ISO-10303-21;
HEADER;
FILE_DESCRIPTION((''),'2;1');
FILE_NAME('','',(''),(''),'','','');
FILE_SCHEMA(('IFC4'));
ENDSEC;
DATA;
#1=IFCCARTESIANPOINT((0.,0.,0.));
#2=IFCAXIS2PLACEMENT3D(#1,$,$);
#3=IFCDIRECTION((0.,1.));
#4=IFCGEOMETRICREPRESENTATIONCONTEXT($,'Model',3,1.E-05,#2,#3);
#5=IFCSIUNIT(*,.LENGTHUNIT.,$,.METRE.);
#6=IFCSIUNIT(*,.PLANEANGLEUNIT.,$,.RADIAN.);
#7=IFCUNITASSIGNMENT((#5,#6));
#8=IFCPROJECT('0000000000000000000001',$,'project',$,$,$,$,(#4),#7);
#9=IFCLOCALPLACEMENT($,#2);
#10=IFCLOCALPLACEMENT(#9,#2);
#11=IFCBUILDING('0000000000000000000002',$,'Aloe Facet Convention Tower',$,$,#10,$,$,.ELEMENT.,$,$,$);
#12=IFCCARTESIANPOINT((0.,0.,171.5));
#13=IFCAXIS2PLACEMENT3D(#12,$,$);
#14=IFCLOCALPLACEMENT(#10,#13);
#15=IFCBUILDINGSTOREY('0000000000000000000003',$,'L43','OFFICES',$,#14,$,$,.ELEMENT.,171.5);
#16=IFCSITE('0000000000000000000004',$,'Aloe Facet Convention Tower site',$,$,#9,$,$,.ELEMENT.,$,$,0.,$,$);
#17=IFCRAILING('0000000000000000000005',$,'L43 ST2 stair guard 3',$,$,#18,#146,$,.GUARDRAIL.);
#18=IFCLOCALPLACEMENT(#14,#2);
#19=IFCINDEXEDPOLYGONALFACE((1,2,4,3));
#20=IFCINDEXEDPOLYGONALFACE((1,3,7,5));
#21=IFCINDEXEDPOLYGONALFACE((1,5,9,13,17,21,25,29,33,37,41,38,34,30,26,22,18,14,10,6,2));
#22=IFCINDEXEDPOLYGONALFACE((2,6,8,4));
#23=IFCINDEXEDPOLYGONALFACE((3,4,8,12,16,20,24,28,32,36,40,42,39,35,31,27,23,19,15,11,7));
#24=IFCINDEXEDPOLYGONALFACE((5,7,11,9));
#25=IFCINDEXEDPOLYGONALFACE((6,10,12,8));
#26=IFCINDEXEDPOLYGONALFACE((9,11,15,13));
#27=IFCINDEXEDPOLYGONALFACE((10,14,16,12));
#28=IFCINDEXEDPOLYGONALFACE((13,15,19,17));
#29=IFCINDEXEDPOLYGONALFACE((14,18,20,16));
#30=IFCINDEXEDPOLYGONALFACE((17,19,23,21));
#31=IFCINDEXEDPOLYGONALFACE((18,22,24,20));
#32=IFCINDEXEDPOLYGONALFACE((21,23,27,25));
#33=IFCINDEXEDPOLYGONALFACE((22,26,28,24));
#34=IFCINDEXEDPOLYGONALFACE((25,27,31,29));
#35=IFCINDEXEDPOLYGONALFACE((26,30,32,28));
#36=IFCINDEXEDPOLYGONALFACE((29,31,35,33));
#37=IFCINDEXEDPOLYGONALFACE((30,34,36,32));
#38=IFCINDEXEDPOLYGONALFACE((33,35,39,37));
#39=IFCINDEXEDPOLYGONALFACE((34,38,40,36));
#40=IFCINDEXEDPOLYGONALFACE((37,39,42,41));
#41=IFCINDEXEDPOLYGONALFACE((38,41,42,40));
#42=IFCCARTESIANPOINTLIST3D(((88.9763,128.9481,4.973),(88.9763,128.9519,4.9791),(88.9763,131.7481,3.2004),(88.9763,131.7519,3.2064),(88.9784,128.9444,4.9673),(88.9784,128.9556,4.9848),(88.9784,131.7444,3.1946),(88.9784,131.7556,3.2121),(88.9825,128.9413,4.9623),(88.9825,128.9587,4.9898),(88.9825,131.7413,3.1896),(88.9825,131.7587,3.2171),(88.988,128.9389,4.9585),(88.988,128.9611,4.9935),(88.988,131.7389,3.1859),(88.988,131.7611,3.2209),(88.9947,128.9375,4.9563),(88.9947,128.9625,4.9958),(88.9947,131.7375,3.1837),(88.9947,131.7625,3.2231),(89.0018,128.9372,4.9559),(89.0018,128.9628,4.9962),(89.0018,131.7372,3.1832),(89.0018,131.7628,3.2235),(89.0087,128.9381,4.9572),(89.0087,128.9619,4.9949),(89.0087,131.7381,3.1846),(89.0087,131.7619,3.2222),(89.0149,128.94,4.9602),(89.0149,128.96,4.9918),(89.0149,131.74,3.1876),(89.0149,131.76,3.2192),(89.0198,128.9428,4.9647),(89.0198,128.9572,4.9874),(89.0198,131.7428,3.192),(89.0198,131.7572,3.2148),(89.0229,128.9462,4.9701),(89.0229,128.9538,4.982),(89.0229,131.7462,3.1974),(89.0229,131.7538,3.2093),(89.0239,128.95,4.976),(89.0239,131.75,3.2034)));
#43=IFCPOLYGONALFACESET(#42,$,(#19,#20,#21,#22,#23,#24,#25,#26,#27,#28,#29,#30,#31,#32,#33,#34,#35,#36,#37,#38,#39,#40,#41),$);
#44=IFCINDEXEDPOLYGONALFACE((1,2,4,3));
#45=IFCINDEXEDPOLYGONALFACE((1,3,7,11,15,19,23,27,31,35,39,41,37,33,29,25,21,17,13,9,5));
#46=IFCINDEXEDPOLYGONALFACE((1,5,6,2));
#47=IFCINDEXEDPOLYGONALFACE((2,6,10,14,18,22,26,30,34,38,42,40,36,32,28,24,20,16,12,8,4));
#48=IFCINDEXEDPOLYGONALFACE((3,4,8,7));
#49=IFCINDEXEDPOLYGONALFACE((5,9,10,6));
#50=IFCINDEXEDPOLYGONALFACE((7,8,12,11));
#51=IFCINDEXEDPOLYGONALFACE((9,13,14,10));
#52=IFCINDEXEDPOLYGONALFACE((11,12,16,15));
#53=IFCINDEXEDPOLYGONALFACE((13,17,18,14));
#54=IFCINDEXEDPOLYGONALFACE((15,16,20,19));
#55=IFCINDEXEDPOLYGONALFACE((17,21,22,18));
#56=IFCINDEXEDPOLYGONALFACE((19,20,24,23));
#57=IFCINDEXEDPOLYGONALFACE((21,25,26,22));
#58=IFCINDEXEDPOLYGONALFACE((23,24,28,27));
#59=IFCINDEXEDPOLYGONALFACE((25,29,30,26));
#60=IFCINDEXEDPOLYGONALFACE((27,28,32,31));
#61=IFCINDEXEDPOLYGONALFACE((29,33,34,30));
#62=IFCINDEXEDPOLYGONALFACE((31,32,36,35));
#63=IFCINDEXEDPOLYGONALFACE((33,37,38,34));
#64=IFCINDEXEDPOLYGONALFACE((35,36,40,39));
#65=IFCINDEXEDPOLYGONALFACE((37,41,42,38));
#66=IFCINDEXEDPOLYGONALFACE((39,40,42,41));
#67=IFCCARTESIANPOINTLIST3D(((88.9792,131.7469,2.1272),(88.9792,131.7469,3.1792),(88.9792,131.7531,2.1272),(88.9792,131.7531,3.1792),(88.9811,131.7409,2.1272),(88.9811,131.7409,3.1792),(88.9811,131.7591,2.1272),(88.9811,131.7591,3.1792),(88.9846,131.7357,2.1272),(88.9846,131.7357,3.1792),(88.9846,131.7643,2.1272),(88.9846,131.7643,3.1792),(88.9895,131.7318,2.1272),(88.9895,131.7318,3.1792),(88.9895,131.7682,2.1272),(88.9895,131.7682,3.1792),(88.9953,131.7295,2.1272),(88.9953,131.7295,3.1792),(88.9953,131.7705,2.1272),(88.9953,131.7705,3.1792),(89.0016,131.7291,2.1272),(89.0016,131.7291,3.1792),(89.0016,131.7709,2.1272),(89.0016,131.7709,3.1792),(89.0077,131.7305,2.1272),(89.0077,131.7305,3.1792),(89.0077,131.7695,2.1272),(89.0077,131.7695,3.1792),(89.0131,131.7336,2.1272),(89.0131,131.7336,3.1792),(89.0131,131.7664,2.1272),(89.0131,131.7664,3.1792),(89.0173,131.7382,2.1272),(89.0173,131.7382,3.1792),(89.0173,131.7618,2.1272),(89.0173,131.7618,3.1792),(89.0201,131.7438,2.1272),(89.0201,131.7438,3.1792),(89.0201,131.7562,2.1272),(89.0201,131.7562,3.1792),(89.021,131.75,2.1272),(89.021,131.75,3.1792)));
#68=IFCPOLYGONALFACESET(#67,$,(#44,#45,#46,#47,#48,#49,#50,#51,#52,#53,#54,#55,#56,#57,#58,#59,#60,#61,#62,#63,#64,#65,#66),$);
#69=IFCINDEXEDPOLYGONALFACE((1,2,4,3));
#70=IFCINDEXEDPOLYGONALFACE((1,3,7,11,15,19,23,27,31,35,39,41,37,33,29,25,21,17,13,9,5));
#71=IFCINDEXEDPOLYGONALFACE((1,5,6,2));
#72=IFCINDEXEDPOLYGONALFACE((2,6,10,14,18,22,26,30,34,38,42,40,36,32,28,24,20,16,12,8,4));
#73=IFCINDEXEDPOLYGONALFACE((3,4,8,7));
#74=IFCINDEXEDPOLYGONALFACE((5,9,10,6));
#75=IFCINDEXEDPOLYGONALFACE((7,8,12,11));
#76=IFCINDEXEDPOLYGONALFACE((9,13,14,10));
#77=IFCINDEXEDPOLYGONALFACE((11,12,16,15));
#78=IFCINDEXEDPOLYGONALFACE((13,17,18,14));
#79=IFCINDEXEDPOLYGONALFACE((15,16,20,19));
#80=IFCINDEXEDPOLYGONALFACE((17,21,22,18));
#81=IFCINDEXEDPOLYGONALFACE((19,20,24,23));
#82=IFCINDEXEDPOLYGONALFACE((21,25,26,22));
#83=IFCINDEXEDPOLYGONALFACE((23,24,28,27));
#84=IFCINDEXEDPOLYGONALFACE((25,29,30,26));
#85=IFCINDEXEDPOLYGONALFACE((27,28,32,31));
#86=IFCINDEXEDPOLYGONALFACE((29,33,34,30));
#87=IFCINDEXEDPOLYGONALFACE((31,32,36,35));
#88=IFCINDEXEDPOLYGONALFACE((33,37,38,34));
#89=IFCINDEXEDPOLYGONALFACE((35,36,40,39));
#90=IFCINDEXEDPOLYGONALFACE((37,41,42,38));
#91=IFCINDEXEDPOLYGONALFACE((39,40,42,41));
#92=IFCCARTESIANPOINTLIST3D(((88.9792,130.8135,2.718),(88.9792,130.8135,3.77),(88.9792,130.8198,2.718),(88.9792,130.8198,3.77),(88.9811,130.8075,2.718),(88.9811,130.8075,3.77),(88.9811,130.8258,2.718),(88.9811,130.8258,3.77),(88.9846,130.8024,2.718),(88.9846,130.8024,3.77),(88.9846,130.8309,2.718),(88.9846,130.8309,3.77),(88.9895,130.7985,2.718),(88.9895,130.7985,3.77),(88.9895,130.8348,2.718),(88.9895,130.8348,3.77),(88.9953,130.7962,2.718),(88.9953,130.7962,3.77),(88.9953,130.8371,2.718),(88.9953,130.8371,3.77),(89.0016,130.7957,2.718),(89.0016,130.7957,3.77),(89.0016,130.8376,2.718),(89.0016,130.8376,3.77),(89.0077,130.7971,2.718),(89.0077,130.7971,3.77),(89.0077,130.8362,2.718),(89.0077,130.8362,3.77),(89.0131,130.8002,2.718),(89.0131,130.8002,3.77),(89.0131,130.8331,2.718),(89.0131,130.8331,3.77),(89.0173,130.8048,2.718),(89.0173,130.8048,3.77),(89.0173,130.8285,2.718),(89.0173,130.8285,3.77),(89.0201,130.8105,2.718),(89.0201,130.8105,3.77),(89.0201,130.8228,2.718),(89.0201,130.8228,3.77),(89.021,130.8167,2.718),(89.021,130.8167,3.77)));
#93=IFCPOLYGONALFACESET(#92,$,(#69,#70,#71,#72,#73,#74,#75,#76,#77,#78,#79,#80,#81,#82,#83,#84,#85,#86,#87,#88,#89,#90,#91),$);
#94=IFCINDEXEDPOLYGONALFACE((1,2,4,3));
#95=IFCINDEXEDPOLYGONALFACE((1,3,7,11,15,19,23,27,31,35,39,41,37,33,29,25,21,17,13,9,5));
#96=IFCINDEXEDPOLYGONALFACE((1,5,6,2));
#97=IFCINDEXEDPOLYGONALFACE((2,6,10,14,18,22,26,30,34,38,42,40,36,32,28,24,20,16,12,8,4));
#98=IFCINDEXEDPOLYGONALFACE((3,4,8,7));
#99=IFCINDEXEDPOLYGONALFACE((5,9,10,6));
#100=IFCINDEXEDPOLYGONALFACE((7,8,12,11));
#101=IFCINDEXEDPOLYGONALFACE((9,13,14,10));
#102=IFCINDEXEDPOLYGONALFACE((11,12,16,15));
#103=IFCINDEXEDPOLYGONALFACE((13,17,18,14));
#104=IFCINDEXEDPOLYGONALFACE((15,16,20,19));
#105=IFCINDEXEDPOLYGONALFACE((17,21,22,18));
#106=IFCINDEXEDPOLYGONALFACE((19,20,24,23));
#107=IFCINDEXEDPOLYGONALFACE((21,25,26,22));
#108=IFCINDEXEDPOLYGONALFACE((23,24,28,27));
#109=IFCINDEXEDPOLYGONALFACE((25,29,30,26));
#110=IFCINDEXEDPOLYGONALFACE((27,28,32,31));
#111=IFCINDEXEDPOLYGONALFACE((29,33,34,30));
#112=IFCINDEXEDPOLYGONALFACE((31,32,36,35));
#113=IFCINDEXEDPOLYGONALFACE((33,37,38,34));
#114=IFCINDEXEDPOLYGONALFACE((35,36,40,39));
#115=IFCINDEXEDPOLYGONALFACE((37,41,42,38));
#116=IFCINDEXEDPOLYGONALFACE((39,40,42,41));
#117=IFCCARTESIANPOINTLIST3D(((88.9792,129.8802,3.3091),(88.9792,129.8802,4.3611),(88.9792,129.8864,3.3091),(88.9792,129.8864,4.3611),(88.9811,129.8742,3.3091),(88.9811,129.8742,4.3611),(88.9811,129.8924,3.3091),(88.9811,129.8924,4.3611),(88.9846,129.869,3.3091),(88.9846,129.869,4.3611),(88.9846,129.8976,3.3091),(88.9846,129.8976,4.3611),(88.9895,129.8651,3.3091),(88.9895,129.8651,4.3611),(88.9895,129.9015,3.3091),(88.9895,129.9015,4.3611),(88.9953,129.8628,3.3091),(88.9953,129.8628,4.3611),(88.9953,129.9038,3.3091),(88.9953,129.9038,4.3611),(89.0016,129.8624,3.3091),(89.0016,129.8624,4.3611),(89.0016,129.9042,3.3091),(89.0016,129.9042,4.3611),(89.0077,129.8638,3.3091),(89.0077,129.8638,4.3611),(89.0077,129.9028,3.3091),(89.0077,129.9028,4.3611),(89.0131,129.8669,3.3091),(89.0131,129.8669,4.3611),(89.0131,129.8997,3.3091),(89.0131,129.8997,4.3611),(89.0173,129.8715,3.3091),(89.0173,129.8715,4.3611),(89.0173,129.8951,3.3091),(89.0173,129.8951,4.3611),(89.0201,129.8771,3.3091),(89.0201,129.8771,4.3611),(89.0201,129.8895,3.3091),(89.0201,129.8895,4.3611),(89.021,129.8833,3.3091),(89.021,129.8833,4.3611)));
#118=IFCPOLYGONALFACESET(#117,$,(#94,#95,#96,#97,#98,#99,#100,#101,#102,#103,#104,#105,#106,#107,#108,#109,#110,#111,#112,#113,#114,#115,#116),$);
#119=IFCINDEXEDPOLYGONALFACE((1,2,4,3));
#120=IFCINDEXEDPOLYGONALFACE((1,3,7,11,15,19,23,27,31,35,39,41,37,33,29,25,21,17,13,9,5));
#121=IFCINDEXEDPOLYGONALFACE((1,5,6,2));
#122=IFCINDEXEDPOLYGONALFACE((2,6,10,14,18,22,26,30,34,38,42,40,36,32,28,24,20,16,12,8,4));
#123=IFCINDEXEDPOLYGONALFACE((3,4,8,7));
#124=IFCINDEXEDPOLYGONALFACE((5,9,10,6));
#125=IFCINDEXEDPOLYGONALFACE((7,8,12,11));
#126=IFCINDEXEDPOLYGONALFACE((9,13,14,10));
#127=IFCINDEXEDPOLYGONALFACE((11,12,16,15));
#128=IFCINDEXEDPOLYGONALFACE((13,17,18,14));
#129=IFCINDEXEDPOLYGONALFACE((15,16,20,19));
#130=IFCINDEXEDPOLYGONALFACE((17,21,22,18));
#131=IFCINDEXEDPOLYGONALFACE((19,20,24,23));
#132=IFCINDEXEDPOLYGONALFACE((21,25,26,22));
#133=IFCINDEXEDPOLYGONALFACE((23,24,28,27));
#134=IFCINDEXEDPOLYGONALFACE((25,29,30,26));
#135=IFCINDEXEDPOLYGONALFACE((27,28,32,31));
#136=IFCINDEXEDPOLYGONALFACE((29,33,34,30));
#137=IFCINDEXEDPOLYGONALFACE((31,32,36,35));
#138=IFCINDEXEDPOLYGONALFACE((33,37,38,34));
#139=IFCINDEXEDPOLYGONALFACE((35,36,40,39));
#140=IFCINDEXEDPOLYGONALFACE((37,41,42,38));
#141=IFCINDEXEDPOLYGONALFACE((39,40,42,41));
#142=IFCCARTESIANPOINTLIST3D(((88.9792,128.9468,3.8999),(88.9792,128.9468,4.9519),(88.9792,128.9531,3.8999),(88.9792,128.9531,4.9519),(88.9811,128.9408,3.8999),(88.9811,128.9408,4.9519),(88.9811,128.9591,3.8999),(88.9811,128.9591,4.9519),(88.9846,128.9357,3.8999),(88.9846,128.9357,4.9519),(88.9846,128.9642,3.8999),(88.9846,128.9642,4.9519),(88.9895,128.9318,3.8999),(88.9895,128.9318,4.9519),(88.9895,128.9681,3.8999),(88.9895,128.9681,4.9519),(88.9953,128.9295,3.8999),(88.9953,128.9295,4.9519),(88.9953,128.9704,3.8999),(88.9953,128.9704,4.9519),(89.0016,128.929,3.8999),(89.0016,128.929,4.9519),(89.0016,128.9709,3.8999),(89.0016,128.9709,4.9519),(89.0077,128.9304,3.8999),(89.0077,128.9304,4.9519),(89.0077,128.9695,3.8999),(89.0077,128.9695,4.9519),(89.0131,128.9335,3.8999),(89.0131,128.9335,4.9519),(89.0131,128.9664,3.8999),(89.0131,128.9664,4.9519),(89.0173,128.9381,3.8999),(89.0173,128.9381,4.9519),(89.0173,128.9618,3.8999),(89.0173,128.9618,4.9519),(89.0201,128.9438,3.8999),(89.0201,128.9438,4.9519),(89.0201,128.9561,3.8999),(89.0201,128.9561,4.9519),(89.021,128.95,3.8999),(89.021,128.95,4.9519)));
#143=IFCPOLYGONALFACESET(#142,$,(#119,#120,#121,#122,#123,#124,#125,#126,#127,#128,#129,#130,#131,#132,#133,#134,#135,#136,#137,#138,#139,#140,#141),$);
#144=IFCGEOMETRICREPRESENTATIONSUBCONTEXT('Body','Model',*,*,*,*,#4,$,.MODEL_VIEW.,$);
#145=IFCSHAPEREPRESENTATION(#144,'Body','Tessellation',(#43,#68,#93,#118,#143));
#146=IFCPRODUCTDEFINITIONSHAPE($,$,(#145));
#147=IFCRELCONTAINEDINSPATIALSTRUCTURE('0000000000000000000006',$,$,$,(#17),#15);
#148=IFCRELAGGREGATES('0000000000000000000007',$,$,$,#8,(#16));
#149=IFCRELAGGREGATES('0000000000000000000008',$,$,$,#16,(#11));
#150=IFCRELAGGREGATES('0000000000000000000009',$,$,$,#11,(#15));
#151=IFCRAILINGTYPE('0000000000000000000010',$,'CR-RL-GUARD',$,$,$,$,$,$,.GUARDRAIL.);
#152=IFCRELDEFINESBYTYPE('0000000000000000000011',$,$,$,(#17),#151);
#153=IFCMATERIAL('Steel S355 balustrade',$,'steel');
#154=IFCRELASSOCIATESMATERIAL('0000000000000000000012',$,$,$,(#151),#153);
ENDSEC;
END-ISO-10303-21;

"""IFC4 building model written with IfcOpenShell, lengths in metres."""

from ifc_helpers import new_model, si_unit, direction, frame, origin, origin_2d, place, context, subcontext, project, spatial, circle, extrude, material, type_object, element, save


model = new_model("IFC4")

# Units and contexts
model_context = context("Model", 3, precision=1e-05, world=origin(), true_north=direction((0.0, 1.0)))
body_context = subcontext(model_context, "Body", "Model", "MODEL_VIEW")
ifc_project = project(units=[si_unit("LENGTHUNIT", "METRE"), si_unit("PLANEANGLEUNIT", "RADIAN")], contexts=[model_context])

# Site, building, storey
site_placement = place(None, origin())
site = spatial("IfcSite", under=ifc_project, at=site_placement, Name="Aloe Facet Convention Tower site", CompositionType="ELEMENT", RefElevation=0.0)
building_placement = place(site_placement, origin())
building = spatial("IfcBuilding", under=site, at=building_placement, Name="Aloe Facet Convention Tower", CompositionType="ELEMENT")
storey_placement = place(building_placement, frame((0.0, 0.0, 171.5)))
storey = spatial("IfcBuildingStorey", under=building, at=storey_placement, Name="L43", Description="OFFICES", CompositionType="ELEMENT", Elevation=171.5)

# Railing
ifc_material_1 = material(Name="Steel S355 balustrade", Category="steel")
railing_type_1 = type_object("IfcRailingType", Name="CR-RL-GUARD", PredefinedType="GUARDRAIL", material=ifc_material_1)
railing_1_placement = place(storey_placement, frame((89.0, 131.75, 2.1272)))
element("IfcRailing", 1, at=railing_1_placement, inside=storey, type_object=railing_type_1, Name="L43 ST2 stair guard 3", PredefinedType="GUARDRAIL", context=body_context, shape_type="SweptSolid", body=[
    extrude(circle(Radius=0.0239, at=origin_2d()), frame((0.0, 0.0, 1.0762), z_axis=(0.0, -0.844909, 0.53491), x_axis=(1.0, 0.0, 0.0)), (0.0, 0.0, 1.0), 3.314),
    extrude(circle(Radius=0.021, at=origin_2d()), origin(), (0.0, 0.0, 1.0), 1.052),
    extrude(circle(Radius=0.021, at=origin_2d()), frame((0.0, -0.9333, 0.5908)), (0.0, 0.0, 1.0), 1.052),
    extrude(circle(Radius=0.021, at=origin_2d()), frame((0.0, -1.8667, 1.1819)), (0.0, 0.0, 1.0), 1.052),
    extrude(circle(Radius=0.021, at=origin_2d()), frame((0.0, -2.8, 1.7727)), (0.0, 0.0, 1.0), 1.052),
])

save(model, "model.ifc")
